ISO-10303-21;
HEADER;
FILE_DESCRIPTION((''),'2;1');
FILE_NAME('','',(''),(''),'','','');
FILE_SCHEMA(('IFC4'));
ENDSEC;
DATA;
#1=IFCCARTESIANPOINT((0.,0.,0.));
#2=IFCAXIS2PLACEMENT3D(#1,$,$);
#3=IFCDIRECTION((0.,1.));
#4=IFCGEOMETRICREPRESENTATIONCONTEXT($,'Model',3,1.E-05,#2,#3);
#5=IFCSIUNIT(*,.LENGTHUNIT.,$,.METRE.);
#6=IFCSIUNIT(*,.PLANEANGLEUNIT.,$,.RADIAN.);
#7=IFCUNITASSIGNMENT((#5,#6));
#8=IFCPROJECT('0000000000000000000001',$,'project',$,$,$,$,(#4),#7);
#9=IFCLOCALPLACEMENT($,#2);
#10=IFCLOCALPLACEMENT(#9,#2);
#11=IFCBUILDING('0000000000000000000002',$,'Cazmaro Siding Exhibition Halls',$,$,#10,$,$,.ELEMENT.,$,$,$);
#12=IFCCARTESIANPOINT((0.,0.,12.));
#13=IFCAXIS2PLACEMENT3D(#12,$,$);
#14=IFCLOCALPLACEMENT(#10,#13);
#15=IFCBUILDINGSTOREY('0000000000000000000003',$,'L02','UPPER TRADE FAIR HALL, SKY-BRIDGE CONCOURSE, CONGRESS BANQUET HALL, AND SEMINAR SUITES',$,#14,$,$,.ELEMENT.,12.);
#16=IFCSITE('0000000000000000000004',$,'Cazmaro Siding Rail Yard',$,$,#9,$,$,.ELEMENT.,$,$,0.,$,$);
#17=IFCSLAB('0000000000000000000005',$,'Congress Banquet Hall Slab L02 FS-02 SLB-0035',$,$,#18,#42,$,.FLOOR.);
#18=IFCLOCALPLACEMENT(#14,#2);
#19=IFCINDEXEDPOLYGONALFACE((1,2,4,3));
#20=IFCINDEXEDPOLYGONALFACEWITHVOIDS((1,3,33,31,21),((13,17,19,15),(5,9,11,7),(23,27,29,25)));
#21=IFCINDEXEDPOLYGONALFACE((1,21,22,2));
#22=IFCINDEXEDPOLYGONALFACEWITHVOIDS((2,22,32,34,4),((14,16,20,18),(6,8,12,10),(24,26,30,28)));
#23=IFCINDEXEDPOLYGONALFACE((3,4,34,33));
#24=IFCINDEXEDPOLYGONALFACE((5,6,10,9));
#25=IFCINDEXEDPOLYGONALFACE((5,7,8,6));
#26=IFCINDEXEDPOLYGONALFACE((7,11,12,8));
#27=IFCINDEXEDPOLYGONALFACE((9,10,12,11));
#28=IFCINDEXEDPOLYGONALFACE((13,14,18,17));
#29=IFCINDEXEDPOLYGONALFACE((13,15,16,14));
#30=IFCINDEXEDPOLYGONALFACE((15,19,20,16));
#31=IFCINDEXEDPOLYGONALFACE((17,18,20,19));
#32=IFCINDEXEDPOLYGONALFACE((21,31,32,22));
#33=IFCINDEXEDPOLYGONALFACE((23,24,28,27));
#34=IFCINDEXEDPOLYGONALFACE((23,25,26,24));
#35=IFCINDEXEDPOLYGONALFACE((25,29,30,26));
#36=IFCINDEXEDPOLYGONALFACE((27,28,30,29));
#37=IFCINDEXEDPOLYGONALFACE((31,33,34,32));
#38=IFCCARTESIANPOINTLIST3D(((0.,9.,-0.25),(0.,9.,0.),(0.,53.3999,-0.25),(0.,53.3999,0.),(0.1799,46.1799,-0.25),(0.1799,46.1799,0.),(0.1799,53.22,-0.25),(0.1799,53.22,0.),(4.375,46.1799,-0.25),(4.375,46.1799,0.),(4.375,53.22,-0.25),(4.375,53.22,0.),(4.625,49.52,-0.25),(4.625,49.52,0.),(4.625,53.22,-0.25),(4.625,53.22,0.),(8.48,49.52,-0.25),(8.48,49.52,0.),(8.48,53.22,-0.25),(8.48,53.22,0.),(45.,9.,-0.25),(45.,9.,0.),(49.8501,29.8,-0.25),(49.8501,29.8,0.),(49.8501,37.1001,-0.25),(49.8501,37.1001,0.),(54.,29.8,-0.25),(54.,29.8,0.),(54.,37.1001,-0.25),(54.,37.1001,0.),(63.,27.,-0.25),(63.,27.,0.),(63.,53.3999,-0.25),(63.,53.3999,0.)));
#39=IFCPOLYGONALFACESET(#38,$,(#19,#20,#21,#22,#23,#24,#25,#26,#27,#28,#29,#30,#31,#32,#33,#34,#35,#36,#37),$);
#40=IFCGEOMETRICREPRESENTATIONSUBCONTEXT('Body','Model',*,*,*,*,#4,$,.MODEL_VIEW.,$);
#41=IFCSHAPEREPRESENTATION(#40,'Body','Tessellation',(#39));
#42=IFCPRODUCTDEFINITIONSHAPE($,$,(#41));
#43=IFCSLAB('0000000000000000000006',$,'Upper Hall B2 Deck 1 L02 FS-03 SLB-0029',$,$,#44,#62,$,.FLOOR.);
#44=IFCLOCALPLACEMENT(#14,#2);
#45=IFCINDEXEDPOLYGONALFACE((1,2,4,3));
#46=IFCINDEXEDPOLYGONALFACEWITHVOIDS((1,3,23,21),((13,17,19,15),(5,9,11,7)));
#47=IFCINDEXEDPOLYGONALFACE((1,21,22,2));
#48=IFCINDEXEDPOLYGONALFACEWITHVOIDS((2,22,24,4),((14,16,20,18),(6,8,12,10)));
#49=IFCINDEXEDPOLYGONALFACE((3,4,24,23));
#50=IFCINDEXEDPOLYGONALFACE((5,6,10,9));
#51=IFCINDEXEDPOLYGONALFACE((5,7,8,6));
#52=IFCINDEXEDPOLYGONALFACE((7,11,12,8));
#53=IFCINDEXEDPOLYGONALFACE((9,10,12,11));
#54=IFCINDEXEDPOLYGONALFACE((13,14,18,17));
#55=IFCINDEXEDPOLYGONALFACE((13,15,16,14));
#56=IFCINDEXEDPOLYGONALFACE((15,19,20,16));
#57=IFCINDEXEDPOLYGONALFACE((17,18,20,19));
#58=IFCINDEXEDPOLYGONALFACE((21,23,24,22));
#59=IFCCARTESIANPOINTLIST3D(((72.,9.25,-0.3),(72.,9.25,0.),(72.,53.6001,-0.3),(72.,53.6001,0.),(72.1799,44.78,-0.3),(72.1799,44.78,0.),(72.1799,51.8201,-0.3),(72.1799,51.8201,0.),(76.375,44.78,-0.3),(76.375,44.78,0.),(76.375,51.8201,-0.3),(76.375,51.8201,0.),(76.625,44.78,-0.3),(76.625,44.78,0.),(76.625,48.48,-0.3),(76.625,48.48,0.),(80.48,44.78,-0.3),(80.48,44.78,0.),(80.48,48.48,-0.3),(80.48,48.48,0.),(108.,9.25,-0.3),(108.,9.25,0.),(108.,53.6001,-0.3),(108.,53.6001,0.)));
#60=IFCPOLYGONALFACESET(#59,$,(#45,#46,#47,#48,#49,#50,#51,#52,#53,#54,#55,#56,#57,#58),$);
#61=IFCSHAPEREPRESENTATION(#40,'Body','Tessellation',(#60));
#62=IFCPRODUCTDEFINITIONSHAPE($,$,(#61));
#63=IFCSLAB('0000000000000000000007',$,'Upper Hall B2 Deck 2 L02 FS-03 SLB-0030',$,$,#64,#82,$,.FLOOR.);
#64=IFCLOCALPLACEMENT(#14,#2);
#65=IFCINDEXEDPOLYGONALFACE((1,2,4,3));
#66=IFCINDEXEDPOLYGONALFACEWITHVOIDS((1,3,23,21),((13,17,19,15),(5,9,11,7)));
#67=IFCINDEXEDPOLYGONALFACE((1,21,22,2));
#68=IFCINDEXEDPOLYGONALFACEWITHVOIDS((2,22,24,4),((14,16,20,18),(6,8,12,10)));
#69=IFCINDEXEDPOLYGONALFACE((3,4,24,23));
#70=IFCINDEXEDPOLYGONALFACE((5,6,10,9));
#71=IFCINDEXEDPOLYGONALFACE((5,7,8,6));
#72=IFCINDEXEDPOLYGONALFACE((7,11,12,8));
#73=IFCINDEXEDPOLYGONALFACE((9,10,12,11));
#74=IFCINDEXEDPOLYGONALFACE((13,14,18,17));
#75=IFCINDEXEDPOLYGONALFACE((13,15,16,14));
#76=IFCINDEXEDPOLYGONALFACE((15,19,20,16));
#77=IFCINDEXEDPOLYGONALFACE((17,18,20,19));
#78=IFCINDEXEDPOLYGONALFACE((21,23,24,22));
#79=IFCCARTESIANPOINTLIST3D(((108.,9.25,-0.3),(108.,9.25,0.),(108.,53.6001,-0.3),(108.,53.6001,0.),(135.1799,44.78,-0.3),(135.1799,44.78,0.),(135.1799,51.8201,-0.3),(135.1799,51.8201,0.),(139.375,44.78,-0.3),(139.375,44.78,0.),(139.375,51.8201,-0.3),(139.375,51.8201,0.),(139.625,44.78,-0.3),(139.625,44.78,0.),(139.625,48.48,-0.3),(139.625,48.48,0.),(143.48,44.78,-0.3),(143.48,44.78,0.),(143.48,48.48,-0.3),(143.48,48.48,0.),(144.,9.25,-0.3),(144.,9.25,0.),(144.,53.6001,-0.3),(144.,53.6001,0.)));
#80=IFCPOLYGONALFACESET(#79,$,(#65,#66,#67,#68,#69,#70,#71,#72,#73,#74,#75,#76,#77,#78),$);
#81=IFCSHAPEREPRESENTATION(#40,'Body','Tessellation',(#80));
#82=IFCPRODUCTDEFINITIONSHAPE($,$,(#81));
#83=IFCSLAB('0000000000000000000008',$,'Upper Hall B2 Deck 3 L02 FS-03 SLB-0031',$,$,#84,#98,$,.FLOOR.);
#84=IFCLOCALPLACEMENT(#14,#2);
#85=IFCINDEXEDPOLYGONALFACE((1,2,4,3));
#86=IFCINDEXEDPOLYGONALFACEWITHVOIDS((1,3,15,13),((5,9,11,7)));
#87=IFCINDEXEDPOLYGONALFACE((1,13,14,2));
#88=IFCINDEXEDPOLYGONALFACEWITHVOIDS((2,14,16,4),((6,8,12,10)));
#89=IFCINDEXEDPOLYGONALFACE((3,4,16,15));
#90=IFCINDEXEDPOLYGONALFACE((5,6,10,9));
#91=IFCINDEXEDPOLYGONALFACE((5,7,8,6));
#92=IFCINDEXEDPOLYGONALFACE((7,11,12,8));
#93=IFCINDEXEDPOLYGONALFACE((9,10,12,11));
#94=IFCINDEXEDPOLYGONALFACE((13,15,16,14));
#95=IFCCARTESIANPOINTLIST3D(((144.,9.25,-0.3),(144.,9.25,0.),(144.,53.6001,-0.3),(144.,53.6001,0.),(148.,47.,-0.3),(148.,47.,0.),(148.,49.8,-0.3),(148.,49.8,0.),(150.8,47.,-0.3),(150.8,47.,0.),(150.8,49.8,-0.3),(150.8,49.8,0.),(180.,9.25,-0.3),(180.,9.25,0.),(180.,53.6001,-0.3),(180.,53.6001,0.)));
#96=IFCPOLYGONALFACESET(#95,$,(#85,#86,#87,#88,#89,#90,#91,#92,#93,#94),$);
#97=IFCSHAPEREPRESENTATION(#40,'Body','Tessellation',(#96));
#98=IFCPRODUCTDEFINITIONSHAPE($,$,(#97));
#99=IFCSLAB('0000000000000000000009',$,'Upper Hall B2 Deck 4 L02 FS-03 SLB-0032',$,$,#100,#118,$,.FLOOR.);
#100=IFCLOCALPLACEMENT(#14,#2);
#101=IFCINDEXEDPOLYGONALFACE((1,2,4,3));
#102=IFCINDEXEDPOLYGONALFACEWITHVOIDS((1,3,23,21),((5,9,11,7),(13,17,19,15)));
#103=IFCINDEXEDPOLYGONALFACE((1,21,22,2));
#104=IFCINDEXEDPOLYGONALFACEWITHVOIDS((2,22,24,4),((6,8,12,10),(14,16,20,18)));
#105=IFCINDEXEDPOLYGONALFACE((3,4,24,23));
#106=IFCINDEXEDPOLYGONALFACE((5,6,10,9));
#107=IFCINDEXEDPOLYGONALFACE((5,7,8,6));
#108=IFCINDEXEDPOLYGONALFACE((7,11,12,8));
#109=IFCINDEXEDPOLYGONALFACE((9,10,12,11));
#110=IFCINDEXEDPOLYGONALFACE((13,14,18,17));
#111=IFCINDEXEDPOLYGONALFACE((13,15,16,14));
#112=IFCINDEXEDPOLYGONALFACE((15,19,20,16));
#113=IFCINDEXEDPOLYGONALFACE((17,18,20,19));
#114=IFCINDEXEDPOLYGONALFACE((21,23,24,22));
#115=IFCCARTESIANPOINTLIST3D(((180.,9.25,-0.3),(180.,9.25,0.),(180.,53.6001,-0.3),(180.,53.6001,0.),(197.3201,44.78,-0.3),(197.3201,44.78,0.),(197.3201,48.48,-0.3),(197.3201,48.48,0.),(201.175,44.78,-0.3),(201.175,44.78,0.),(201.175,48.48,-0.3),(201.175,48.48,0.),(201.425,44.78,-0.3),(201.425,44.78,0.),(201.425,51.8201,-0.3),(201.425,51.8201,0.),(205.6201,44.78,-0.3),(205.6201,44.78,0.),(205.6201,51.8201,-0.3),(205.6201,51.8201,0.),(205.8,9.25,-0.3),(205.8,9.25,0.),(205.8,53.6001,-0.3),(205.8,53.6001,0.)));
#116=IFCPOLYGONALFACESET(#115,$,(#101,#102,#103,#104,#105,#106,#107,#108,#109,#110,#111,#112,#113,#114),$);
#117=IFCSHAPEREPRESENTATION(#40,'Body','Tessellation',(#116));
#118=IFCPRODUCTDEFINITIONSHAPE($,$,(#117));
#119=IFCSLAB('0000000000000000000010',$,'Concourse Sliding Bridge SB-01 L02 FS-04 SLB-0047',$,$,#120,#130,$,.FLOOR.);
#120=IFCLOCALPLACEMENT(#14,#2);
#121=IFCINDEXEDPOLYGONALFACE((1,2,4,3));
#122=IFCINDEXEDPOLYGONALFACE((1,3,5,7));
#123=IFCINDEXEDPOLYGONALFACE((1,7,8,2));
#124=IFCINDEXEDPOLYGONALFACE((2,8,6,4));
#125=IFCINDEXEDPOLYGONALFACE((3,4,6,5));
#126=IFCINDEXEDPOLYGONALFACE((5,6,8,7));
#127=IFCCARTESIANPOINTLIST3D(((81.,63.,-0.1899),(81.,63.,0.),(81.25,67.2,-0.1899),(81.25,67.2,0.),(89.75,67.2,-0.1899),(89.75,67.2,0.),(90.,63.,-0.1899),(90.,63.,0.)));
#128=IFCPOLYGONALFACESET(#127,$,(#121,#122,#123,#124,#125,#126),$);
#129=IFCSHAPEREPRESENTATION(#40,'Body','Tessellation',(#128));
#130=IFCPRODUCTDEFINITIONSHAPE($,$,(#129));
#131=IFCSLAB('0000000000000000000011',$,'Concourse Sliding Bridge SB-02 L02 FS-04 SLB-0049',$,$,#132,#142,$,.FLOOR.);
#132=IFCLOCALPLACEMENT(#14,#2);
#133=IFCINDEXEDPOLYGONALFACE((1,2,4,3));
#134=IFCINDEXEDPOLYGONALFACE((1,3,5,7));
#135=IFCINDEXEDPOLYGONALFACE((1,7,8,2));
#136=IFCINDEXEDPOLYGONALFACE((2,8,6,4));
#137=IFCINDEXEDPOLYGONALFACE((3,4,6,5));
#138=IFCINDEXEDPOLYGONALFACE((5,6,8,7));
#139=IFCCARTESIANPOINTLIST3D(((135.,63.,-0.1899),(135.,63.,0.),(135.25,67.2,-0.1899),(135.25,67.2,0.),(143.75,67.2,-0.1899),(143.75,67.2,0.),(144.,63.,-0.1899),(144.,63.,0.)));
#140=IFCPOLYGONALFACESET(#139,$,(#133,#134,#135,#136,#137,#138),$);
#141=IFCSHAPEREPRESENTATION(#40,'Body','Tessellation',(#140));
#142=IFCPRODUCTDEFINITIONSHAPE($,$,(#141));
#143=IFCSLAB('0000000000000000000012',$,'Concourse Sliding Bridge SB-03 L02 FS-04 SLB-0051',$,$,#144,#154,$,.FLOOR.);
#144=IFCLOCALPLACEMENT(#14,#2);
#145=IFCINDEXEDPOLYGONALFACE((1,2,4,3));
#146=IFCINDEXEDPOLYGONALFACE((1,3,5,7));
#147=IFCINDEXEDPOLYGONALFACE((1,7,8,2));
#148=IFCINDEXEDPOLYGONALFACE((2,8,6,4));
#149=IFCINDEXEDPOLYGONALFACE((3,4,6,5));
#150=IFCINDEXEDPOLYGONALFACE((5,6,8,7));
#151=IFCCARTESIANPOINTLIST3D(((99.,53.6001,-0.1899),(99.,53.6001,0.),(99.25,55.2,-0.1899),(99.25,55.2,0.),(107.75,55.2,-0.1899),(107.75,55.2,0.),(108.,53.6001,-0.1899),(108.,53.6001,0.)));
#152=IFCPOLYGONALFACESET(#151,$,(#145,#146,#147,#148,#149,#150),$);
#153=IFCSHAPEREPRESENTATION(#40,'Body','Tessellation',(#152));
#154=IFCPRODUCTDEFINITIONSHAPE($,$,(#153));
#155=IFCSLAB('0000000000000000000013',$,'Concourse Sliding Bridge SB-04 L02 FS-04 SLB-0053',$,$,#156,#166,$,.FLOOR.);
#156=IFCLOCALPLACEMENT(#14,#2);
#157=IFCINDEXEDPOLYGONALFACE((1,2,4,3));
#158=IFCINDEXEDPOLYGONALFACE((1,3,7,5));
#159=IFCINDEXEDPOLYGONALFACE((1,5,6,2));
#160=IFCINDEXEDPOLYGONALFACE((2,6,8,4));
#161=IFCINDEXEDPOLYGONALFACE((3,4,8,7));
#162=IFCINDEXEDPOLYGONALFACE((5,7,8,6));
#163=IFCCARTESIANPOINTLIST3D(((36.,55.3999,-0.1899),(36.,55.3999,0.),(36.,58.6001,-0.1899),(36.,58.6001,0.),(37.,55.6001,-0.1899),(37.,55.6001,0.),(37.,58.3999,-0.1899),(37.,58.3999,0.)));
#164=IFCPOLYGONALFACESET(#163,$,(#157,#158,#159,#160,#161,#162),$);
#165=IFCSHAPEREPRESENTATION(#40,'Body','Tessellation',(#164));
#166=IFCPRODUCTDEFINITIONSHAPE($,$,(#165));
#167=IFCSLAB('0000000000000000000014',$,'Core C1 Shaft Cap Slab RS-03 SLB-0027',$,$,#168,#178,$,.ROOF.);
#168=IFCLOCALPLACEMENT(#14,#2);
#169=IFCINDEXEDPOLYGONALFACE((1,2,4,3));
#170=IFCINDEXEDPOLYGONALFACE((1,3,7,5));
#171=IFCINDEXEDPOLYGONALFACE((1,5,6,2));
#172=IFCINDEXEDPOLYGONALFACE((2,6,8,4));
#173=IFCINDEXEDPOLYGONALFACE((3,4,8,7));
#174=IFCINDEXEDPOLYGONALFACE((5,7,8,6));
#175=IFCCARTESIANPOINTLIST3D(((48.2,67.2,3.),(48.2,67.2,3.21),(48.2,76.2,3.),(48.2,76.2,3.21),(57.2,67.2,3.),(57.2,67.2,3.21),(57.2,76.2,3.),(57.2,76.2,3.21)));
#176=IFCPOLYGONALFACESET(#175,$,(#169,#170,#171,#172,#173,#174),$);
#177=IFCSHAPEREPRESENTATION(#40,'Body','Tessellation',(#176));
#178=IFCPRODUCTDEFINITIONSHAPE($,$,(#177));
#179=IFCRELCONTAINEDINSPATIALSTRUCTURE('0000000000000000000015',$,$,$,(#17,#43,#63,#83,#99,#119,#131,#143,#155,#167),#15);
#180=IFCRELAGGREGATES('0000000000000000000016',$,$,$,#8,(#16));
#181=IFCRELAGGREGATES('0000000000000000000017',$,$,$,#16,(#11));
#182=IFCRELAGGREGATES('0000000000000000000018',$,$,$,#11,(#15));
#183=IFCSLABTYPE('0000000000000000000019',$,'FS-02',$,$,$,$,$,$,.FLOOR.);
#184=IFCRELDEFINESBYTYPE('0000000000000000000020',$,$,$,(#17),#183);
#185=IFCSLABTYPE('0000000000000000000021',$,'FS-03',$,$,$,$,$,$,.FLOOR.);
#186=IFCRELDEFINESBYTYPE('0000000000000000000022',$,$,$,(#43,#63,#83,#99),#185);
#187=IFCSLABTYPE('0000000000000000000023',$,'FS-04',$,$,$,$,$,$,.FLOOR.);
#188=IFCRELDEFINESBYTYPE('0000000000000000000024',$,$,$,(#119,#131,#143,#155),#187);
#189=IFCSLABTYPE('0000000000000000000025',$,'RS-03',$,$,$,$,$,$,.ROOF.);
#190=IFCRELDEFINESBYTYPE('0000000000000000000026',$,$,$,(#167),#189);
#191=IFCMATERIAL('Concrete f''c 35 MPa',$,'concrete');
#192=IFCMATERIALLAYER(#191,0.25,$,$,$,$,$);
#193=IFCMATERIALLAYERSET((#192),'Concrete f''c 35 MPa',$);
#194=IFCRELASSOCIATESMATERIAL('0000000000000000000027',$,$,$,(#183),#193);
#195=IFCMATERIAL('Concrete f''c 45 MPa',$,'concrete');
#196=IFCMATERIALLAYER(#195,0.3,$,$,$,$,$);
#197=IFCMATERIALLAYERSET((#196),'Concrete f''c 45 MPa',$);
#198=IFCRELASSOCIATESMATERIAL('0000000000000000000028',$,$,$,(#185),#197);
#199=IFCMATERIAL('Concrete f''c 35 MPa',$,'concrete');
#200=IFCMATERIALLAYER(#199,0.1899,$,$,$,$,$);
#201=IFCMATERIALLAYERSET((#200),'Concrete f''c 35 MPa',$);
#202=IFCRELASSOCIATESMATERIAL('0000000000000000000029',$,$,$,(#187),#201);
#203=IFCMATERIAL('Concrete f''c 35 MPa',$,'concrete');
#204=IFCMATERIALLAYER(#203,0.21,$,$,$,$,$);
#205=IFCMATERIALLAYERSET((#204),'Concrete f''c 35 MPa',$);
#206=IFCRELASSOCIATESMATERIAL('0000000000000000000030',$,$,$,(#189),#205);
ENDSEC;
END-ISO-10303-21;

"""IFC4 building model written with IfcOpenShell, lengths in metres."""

from ifc_helpers import new_model, si_unit, direction, frame, origin, place, context, subcontext, project, spatial, polyline, outline, extrude, material, layer, layer_set, type_object, element, save


model = new_model("IFC4")

# Units and contexts
model_context = context("Model", 3, precision=1e-05, world=origin(), true_north=direction((0.0, 1.0)))
body_context = subcontext(model_context, "Body", "Model", "MODEL_VIEW")
ifc_project = project(units=[si_unit("LENGTHUNIT", "METRE"), si_unit("PLANEANGLEUNIT", "RADIAN")], contexts=[model_context])

# Site, building, storey
site_placement = place(None, origin())
site = spatial("IfcSite", under=ifc_project, at=site_placement, Name="Cazmaro Siding Rail Yard", CompositionType="ELEMENT", RefElevation=0.0)
building_placement = place(site_placement, origin())
building = spatial("IfcBuilding", under=site, at=building_placement, Name="Cazmaro Siding Exhibition Halls", CompositionType="ELEMENT")
storey_placement = place(building_placement, frame((0.0, 0.0, 12.0)))
storey = spatial("IfcBuildingStorey", under=building, at=storey_placement, Name="L02", Description="UPPER TRADE FAIR HALL, SKY-BRIDGE CONCOURSE, CONGRESS BANQUET HALL, AND SEMINAR SUITES", CompositionType="ELEMENT", Elevation=12.0)

# Slabs
ifc_material_1 = material(Name="Concrete f'c 35 MPa", Category="concrete")
ifc_layer_1 = layer(ifc_material_1, 0.25)
ifc_layer_set_1 = layer_set([ifc_layer_1], Name="Concrete f'c 35 MPa")
slab_type_1 = type_object("IfcSlabType", Name="FS-02", PredefinedType="FLOOR", material=ifc_layer_set_1)
slab_1_placement = place(storey_placement, frame((0.0, 0.0, -0.25)))
element("IfcSlab", 1, at=slab_1_placement, inside=storey, type_object=slab_type_1, Name="Congress Banquet Hall Slab L02 FS-02 SLB-0035", PredefinedType="FLOOR", context=body_context, shape_type="SweptSolid", body=[
    extrude(outline(polyline([(0.0, 9.0), (45.0, 9.0), (63.0, 27.0), (63.0, 53.3999), (0.0, 53.3999), (0.0, 9.0)]), holes=[polyline([(0.1799, 46.1799), (4.375, 46.1799), (4.375, 53.22), (0.1799, 53.22), (0.1799, 46.1799)]), polyline([(4.625, 49.52), (8.48, 49.52), (8.48, 53.22), (4.625, 53.22), (4.625, 49.52)]), polyline([(49.8501, 29.8), (54.0, 29.8), (54.0, 37.1001), (49.8501, 37.1001), (49.8501, 29.8)])]), origin(), (0.0, 0.0, 1.0), 0.25),
])
ifc_material_2 = material(Name="Concrete f'c 45 MPa", Category="concrete")
ifc_layer_2 = layer(ifc_material_2, 0.3)
ifc_layer_set_2 = layer_set([ifc_layer_2], Name="Concrete f'c 45 MPa")
slab_type_2 = type_object("IfcSlabType", Name="FS-03", PredefinedType="FLOOR", material=ifc_layer_set_2)
slab_2_placement = place(storey_placement, frame((0.0, 0.0, -0.3)))
element("IfcSlab", 2, at=slab_2_placement, inside=storey, type_object=slab_type_2, Name="Upper Hall B2 Deck 1 L02 FS-03 SLB-0029", PredefinedType="FLOOR", context=body_context, shape_type="SweptSolid", body=[
    extrude(outline(polyline([(72.0, 9.25), (108.0, 9.25), (108.0, 53.6001), (72.0, 53.6001), (72.0, 9.25)]), holes=[polyline([(72.1799, 44.78), (76.375, 44.78), (76.375, 51.8201), (72.1799, 51.8201), (72.1799, 44.78)]), polyline([(76.625, 44.78), (80.48, 44.78), (80.48, 48.48), (76.625, 48.48), (76.625, 44.78)])]), origin(), (0.0, 0.0, 1.0), 0.3),
])
slab_3_placement = place(storey_placement, frame((0.0, 0.0, -0.3)))
element("IfcSlab", 3, at=slab_3_placement, inside=storey, type_object=slab_type_2, Name="Upper Hall B2 Deck 2 L02 FS-03 SLB-0030", PredefinedType="FLOOR", context=body_context, shape_type="SweptSolid", body=[
    extrude(outline(polyline([(108.0, 9.25), (144.0, 9.25), (144.0, 53.6001), (108.0, 53.6001), (108.0, 9.25)]), holes=[polyline([(135.1799, 44.78), (139.375, 44.78), (139.375, 51.8201), (135.1799, 51.8201), (135.1799, 44.78)]), polyline([(139.625, 44.78), (143.48, 44.78), (143.48, 48.48), (139.625, 48.48), (139.625, 44.78)])]), origin(), (0.0, 0.0, 1.0), 0.3),
])
slab_4_placement = place(storey_placement, frame((0.0, 0.0, -0.3)))
element("IfcSlab", 4, at=slab_4_placement, inside=storey, type_object=slab_type_2, Name="Upper Hall B2 Deck 3 L02 FS-03 SLB-0031", PredefinedType="FLOOR", context=body_context, shape_type="SweptSolid", body=[
    extrude(outline(polyline([(144.0, 9.25), (180.0, 9.25), (180.0, 53.6001), (144.0, 53.6001), (144.0, 9.25)]), holes=[polyline([(148.0, 47.0), (150.8, 47.0), (150.8, 49.8), (148.0, 49.8), (148.0, 47.0)])]), origin(), (0.0, 0.0, 1.0), 0.3),
])
slab_5_placement = place(storey_placement, frame((0.0, 0.0, -0.3)))
element("IfcSlab", 5, at=slab_5_placement, inside=storey, type_object=slab_type_2, Name="Upper Hall B2 Deck 4 L02 FS-03 SLB-0032", PredefinedType="FLOOR", context=body_context, shape_type="SweptSolid", body=[
    extrude(outline(polyline([(180.0, 9.25), (205.8, 9.25), (205.8, 53.6001), (180.0, 53.6001), (180.0, 9.25)]), holes=[polyline([(201.425, 44.78), (205.6201, 44.78), (205.6201, 51.8201), (201.425, 51.8201), (201.425, 44.78)]), polyline([(197.3201, 44.78), (201.175, 44.78), (201.175, 48.48), (197.3201, 48.48), (197.3201, 44.78)])]), origin(), (0.0, 0.0, 1.0), 0.3),
])
ifc_material_3 = material(Name="Concrete f'c 35 MPa", Category="concrete")
ifc_layer_3 = layer(ifc_material_3, 0.1899)
ifc_layer_set_3 = layer_set([ifc_layer_3], Name="Concrete f'c 35 MPa")
slab_type_3 = type_object("IfcSlabType", Name="FS-04", PredefinedType="FLOOR", material=ifc_layer_set_3)
slab_6_placement = place(storey_placement, frame((0.0, 0.0, -0.1899)))
element("IfcSlab", 6, at=slab_6_placement, inside=storey, type_object=slab_type_3, Name="Concourse Sliding Bridge SB-01 L02 FS-04 SLB-0047", PredefinedType="FLOOR", context=body_context, shape_type="SweptSolid", body=[
    extrude(outline(polyline([(81.0, 63.0), (90.0, 63.0), (89.75, 67.2), (81.25, 67.2), (81.0, 63.0)])), origin(), (0.0, 0.0, 1.0), 0.1899),
])
slab_7_placement = place(storey_placement, frame((0.0, 0.0, -0.1899)))
element("IfcSlab", 7, at=slab_7_placement, inside=storey, type_object=slab_type_3, Name="Concourse Sliding Bridge SB-02 L02 FS-04 SLB-0049", PredefinedType="FLOOR", context=body_context, shape_type="SweptSolid", body=[
    extrude(outline(polyline([(135.0, 63.0), (144.0, 63.0), (143.75, 67.2), (135.25, 67.2), (135.0, 63.0)])), origin(), (0.0, 0.0, 1.0), 0.1899),
])
slab_8_placement = place(storey_placement, frame((0.0, 0.0, -0.1899)))
element("IfcSlab", 8, at=slab_8_placement, inside=storey, type_object=slab_type_3, Name="Concourse Sliding Bridge SB-03 L02 FS-04 SLB-0051", PredefinedType="FLOOR", context=body_context, shape_type="SweptSolid", body=[
    extrude(outline(polyline([(99.0, 53.6001), (108.0, 53.6001), (107.75, 55.2), (99.25, 55.2), (99.0, 53.6001)])), origin(), (0.0, 0.0, 1.0), 0.1899),
])
slab_9_placement = place(storey_placement, frame((0.0, 0.0, -0.1899)))
element("IfcSlab", 9, at=slab_9_placement, inside=storey, type_object=slab_type_3, Name="Concourse Sliding Bridge SB-04 L02 FS-04 SLB-0053", PredefinedType="FLOOR", context=body_context, shape_type="SweptSolid", body=[
    extrude(outline(polyline([(36.0, 55.3999), (37.0, 55.6001), (37.0, 58.3999), (36.0, 58.6001), (36.0, 55.3999)])), origin(), (0.0, 0.0, 1.0), 0.1899),
])

# Slab
ifc_material_4 = material(Name="Concrete f'c 35 MPa", Category="concrete")
ifc_layer_4 = layer(ifc_material_4, 0.21)
ifc_layer_set_4 = layer_set([ifc_layer_4], Name="Concrete f'c 35 MPa")
slab_type_4 = type_object("IfcSlabType", Name="RS-03", PredefinedType="ROOF", material=ifc_layer_set_4)
slab_10_placement = place(storey_placement, frame((0.0, 0.0, 3.0)))
element("IfcSlab", 10, at=slab_10_placement, inside=storey, type_object=slab_type_4, Name="Core C1 Shaft Cap Slab RS-03 SLB-0027", PredefinedType="ROOF", context=body_context, shape_type="SweptSolid", body=[
    extrude(outline(polyline([(48.2, 67.2), (57.2, 67.2), (57.2, 76.2), (48.2, 76.2), (48.2, 67.2)])), origin(), (0.0, 0.0, 1.0), 0.21),
])

save(model, "model.ifc")
